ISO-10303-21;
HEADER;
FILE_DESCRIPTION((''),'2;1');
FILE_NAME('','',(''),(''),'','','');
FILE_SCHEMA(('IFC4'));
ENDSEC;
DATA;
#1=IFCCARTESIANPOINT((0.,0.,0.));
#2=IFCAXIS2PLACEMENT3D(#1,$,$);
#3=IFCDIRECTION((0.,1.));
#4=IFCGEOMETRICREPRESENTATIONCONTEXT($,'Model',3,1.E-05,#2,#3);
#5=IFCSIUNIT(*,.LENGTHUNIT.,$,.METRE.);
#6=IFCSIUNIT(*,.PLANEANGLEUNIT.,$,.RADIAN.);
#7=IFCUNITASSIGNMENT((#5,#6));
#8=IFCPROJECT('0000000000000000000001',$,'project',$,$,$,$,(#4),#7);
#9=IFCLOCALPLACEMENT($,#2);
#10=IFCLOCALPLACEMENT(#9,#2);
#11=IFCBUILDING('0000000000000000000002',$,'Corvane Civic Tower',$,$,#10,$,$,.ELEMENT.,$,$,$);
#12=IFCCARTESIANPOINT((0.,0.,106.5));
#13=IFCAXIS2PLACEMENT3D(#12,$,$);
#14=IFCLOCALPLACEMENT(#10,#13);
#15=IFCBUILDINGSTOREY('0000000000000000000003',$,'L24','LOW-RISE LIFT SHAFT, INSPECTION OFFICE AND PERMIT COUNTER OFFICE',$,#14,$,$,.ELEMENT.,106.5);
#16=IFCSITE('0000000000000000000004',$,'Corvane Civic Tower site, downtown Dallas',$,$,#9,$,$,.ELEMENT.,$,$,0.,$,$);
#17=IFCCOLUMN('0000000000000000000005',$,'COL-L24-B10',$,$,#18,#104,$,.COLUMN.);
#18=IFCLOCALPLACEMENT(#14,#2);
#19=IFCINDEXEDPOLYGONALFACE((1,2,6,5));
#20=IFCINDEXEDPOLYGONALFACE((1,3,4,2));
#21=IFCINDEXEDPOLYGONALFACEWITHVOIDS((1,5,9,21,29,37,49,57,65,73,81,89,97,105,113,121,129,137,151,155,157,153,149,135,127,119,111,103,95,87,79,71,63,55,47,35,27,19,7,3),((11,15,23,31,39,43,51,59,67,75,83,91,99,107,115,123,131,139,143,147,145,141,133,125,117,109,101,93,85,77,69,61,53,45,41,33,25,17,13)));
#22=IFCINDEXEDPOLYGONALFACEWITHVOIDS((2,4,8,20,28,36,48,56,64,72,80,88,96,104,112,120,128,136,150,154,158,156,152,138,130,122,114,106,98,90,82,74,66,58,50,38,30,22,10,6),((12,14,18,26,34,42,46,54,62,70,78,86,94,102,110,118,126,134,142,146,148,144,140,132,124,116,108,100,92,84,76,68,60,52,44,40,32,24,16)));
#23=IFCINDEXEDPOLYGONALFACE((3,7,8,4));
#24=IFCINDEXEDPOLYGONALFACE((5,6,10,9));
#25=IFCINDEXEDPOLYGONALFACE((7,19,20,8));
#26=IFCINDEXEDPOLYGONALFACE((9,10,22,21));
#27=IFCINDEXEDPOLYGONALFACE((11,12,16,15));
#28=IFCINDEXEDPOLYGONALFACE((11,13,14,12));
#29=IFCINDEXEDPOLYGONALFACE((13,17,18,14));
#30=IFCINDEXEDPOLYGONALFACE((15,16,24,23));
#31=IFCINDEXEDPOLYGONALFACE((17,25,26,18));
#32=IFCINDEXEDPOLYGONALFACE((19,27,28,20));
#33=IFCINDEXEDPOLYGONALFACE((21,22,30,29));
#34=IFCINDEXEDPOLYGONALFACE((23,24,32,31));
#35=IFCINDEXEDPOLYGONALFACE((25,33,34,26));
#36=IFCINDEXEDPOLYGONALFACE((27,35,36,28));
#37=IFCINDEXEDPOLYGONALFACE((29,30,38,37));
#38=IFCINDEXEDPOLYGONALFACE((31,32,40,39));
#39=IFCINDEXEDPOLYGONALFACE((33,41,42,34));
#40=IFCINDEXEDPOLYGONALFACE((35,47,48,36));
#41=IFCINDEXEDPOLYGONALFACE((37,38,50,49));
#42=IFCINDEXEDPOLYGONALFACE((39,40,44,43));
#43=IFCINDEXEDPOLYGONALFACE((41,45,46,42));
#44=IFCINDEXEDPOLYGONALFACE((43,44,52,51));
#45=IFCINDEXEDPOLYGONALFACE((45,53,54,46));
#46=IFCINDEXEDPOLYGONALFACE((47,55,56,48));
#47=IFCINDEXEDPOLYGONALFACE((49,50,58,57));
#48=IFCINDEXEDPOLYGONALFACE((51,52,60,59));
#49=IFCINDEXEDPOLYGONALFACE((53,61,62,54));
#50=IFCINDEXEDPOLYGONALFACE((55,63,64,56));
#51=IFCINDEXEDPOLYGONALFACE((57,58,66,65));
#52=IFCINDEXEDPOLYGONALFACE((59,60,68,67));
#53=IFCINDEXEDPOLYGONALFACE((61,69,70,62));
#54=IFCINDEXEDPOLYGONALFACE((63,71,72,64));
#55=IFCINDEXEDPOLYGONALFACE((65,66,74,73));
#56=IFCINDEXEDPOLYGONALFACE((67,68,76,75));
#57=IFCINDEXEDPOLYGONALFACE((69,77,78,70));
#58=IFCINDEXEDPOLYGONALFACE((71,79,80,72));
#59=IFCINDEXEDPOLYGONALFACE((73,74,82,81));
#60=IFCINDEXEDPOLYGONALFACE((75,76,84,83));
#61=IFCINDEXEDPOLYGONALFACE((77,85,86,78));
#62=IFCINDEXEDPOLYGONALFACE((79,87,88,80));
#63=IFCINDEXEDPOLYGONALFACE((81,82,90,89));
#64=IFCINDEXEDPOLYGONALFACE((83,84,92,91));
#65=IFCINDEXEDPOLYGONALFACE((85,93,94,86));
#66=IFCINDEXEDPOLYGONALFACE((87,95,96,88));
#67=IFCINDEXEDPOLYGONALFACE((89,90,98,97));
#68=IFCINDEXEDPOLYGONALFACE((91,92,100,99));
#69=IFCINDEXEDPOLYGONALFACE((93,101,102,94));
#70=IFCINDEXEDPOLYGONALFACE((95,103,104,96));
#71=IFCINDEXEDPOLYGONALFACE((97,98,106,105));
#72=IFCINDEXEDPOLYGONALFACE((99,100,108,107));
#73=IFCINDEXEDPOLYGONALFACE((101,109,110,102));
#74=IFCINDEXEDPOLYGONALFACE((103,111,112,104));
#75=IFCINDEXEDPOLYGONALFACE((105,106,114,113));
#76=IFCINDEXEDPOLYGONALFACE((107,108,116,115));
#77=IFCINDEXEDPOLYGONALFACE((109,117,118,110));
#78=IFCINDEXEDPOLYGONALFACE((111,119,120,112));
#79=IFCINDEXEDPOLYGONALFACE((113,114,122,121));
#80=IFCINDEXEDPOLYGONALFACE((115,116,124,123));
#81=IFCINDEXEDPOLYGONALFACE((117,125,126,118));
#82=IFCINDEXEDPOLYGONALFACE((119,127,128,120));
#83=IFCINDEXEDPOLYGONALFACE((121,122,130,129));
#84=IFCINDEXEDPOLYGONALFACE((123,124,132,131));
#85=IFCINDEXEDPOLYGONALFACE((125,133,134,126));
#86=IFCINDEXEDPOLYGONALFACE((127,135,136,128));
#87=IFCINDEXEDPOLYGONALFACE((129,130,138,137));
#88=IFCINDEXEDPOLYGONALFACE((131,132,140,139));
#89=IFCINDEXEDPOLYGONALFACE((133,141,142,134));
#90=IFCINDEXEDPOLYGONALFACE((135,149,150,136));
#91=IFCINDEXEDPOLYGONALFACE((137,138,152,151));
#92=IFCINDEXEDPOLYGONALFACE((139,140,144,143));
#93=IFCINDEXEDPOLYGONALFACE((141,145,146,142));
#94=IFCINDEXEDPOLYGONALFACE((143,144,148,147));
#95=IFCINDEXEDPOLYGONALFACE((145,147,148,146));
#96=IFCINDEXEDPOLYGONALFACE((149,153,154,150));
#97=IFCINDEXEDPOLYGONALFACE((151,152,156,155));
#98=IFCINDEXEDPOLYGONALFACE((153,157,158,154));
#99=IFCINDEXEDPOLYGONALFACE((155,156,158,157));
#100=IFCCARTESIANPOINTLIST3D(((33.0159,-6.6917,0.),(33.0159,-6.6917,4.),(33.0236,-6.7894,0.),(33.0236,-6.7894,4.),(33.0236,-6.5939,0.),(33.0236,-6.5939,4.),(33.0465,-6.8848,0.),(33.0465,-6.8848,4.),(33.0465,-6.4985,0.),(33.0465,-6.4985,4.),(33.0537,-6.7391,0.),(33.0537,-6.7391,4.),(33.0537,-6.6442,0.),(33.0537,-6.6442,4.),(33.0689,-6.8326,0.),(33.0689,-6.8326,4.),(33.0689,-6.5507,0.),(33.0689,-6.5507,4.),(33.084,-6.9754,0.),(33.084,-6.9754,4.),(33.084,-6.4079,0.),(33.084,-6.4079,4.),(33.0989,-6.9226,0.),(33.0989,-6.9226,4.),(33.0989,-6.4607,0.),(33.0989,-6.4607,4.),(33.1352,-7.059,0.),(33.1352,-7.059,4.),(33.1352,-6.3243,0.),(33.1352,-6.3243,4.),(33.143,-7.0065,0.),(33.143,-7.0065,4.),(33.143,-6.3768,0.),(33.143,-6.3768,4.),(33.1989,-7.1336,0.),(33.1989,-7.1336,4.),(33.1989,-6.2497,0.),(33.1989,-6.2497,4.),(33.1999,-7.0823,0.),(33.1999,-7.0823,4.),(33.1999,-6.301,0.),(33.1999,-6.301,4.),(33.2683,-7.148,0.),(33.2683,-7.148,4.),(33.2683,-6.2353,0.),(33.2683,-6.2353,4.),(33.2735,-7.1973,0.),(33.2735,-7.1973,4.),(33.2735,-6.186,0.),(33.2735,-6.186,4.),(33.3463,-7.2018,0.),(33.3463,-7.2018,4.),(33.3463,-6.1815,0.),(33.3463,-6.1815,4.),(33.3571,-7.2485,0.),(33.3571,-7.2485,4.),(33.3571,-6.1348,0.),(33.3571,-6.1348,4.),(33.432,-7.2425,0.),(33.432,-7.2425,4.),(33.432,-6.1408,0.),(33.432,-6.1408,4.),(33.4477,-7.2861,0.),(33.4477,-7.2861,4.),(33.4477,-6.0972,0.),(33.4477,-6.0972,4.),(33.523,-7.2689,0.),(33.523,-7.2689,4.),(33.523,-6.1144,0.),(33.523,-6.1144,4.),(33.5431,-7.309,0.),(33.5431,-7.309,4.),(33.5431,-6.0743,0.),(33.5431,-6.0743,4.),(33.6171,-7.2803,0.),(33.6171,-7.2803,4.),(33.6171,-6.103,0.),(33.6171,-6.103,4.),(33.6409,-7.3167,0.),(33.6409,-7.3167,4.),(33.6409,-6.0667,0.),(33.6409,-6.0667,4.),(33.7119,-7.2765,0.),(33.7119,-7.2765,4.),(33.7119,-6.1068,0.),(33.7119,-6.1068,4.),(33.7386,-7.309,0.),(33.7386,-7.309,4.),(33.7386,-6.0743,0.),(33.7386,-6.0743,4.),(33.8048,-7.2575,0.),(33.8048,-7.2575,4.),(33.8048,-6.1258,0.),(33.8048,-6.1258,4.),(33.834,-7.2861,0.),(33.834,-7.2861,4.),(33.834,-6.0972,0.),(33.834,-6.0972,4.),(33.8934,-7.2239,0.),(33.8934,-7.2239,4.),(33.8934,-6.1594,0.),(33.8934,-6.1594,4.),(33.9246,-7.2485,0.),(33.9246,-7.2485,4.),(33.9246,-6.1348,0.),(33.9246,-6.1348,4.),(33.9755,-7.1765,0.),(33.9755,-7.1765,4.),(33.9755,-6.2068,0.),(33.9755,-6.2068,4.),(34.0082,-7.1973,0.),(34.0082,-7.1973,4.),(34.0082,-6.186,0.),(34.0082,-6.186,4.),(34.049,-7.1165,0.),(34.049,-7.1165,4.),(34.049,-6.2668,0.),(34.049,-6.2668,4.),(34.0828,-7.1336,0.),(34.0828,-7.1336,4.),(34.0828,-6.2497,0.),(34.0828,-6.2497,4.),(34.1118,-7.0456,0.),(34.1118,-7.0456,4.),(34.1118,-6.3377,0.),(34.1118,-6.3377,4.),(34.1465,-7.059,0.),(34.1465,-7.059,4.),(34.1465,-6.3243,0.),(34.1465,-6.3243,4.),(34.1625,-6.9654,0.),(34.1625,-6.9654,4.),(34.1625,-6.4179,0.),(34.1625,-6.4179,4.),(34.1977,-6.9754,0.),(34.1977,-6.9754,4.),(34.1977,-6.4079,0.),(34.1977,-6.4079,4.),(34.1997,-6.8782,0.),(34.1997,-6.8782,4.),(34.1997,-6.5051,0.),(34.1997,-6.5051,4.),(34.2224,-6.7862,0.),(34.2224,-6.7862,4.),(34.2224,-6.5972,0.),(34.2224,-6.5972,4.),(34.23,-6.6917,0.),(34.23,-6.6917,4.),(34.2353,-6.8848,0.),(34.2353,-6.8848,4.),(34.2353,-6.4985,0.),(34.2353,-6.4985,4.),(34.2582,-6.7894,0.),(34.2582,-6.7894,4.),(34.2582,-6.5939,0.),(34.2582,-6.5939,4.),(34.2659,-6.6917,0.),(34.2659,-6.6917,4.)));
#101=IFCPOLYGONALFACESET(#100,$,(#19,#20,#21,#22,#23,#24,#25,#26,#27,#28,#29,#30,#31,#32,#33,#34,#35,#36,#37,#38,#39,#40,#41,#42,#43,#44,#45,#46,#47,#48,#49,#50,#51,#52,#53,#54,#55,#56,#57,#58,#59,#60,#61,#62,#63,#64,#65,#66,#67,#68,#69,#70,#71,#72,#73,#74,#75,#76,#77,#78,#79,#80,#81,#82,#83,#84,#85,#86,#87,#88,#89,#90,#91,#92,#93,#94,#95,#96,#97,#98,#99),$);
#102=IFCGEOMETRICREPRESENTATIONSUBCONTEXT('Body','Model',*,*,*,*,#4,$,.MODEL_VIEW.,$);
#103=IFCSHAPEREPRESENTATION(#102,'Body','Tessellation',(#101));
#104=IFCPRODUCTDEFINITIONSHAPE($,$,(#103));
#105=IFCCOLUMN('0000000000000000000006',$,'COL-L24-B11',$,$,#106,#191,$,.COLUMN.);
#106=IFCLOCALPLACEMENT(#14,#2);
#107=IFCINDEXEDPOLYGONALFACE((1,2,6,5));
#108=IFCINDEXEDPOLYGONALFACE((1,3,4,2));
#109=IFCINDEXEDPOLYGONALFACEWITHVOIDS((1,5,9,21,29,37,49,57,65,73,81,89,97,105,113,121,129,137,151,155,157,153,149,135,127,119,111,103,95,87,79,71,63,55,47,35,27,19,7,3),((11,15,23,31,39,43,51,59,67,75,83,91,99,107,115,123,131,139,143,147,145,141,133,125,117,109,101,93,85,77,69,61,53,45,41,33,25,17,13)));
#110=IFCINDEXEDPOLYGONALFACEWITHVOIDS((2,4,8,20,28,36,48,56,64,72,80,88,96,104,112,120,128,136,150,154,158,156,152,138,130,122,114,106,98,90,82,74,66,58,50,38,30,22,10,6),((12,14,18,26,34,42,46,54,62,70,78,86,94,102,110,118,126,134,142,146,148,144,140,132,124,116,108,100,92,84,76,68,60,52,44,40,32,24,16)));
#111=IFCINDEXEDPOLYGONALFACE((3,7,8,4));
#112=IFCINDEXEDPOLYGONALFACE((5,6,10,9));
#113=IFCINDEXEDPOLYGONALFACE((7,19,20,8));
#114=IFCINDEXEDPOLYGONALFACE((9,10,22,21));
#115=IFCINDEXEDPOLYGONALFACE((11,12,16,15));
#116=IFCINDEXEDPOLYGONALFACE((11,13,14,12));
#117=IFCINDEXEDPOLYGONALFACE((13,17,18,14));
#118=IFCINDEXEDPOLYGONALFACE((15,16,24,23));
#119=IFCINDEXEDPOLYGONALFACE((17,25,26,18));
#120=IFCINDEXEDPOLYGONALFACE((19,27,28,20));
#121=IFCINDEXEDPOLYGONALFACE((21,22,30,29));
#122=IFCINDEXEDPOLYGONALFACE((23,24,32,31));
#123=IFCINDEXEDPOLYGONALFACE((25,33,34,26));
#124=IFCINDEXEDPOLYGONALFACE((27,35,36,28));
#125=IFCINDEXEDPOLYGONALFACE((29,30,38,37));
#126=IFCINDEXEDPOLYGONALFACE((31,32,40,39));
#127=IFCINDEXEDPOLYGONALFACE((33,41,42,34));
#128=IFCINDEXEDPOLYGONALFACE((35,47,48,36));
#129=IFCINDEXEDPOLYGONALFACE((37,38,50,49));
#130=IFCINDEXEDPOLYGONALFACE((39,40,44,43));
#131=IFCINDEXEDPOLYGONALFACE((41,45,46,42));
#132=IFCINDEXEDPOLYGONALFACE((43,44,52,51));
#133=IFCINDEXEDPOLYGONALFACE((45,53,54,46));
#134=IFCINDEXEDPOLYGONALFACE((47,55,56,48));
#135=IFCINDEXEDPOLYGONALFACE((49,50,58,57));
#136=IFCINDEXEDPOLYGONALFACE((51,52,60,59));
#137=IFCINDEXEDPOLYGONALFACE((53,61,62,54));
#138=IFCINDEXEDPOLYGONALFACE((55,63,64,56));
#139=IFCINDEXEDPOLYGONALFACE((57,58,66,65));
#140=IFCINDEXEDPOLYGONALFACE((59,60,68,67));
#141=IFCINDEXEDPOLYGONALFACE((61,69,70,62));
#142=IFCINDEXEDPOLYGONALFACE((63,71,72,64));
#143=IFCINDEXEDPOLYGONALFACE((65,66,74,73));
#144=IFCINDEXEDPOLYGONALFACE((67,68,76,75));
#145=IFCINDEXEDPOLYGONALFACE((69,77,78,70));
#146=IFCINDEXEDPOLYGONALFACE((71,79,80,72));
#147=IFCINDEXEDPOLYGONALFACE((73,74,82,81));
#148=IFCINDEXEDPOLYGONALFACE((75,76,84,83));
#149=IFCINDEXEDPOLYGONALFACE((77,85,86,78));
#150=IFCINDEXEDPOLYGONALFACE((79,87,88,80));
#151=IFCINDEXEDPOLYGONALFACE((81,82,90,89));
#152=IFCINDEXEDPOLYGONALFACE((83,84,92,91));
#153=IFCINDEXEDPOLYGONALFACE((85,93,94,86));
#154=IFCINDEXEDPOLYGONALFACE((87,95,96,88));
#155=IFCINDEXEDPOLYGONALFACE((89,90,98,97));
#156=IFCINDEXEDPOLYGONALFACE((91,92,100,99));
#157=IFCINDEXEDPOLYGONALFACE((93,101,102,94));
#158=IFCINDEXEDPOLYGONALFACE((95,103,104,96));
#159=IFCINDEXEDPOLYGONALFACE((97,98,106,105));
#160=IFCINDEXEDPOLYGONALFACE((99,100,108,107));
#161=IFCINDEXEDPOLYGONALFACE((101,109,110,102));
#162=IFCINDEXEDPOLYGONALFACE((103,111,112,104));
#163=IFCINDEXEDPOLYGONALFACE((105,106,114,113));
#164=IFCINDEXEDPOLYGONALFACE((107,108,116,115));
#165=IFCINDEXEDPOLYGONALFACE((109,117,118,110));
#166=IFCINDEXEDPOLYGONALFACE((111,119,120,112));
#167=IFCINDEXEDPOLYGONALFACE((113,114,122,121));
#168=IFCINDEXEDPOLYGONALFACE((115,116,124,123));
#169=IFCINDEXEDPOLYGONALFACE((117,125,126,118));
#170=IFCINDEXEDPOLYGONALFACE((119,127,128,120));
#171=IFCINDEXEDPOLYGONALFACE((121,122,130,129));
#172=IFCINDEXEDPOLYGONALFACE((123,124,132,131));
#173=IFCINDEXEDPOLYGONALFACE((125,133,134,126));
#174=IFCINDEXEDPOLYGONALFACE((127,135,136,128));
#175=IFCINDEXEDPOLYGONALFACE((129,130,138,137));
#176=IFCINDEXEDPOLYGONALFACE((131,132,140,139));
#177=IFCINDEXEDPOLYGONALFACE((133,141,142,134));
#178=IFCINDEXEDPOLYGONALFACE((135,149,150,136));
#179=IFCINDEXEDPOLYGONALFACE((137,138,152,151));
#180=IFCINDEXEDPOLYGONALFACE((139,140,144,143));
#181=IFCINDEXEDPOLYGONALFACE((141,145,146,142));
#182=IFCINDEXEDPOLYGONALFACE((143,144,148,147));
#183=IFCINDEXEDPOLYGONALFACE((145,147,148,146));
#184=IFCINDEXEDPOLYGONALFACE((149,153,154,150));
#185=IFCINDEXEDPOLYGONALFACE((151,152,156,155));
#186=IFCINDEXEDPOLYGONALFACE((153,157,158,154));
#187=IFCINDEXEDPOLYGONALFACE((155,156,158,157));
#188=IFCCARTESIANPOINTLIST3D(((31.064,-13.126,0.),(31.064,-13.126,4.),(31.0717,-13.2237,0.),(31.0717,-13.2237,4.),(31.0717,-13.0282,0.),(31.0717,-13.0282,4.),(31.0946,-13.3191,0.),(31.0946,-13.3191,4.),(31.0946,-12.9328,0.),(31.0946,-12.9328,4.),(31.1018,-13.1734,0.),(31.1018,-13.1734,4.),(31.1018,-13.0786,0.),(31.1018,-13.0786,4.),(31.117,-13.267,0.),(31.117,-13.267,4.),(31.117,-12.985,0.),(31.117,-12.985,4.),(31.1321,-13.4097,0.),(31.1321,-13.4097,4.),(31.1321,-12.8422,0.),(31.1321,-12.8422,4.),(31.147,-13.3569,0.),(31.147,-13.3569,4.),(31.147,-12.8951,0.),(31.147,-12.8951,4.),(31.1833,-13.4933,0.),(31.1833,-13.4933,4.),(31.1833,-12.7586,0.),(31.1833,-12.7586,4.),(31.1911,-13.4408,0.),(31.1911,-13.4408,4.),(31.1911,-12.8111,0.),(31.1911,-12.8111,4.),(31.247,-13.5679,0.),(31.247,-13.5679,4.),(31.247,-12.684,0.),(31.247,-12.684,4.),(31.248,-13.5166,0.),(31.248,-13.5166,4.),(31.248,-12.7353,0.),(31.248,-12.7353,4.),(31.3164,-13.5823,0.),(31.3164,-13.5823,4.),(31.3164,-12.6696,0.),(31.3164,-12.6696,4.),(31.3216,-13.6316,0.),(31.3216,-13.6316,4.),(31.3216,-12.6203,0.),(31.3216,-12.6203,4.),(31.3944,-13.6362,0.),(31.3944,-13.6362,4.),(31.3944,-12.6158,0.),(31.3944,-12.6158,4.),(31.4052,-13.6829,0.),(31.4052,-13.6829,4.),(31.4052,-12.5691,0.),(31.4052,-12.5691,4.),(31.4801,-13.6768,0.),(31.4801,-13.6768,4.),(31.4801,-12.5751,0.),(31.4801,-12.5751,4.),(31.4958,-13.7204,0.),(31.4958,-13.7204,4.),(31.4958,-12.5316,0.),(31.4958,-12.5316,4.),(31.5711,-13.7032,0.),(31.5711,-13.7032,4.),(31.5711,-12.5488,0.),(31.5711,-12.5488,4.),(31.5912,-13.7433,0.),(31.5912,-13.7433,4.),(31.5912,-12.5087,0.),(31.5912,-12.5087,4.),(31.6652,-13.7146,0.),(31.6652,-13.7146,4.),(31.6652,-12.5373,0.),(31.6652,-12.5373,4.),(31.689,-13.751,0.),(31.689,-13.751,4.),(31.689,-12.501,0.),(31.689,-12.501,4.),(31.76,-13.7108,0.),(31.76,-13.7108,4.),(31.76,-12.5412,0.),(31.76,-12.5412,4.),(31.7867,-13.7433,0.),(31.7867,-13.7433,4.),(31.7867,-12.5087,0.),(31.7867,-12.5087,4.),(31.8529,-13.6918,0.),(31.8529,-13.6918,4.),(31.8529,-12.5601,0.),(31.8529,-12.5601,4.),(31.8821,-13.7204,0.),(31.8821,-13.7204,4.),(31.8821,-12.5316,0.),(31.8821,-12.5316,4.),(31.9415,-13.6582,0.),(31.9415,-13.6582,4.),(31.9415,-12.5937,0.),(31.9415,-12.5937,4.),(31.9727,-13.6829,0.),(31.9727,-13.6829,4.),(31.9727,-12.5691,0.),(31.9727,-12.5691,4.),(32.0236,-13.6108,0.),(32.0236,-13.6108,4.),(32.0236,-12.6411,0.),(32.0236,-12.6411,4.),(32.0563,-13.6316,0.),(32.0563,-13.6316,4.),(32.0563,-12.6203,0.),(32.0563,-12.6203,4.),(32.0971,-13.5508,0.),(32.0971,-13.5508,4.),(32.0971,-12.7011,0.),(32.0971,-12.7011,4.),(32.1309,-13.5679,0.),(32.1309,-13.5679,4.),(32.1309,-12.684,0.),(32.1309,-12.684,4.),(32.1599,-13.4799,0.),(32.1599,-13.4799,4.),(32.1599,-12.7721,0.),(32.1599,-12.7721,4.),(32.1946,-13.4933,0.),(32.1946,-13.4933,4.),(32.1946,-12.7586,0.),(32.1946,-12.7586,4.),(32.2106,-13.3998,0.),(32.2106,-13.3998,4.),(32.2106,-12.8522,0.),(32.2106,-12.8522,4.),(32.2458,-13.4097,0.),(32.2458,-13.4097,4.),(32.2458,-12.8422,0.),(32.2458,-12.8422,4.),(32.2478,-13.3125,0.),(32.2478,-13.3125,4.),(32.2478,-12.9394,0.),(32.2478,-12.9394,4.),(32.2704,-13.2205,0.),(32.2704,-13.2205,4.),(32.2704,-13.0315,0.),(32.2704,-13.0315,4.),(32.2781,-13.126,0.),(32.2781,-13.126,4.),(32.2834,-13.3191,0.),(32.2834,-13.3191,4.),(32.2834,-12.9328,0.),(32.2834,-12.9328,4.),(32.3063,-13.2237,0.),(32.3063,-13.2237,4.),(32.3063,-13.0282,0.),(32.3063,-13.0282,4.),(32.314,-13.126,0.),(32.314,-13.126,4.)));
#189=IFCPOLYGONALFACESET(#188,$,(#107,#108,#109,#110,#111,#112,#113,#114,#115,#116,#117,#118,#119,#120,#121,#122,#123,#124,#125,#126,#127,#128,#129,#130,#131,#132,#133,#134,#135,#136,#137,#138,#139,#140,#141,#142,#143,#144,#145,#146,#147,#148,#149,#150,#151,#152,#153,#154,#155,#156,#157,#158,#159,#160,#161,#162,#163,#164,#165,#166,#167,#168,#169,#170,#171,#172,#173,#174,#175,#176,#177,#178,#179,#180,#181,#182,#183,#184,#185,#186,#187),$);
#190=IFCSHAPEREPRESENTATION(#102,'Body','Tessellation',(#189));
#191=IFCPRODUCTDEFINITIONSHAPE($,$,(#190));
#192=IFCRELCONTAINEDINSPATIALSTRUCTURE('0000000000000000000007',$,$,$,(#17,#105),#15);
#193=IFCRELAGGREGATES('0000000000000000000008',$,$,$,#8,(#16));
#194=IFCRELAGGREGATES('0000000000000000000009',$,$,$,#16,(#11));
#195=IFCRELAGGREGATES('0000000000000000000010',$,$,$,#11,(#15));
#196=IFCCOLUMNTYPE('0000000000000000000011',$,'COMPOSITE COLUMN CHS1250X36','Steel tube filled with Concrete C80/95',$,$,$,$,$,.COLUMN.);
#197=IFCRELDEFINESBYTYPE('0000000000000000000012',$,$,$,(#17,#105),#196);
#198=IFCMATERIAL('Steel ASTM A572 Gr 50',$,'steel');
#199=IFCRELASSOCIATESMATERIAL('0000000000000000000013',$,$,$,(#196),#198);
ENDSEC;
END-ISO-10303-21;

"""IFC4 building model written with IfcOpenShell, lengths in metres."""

from ifc_helpers import new_model, si_unit, direction, frame, origin, origin_2d, place, context, subcontext, project, spatial, hollow_circle, extrude, material, material_profile, profile_set, type_object, element, save


model = new_model("IFC4")

# Units and contexts
model_context = context("Model", 3, precision=1e-05, world=origin(), true_north=direction((0.0, 1.0)))
body_context = subcontext(model_context, "Body", "Model", "MODEL_VIEW")
ifc_project = project(units=[si_unit("LENGTHUNIT", "METRE"), si_unit("PLANEANGLEUNIT", "RADIAN")], contexts=[model_context])

# Site, building, storey
site_placement = place(None, origin())
site = spatial("IfcSite", under=ifc_project, at=site_placement, Name="Corvane Civic Tower site, downtown Dallas", CompositionType="ELEMENT", RefElevation=0.0)
building_placement = place(site_placement, origin())
building = spatial("IfcBuilding", under=site, at=building_placement, Name="Corvane Civic Tower", CompositionType="ELEMENT")
storey_placement = place(building_placement, frame((0.0, 0.0, 106.5)))
storey = spatial("IfcBuildingStorey", under=building, at=storey_placement, Name="L24", Description="LOW-RISE LIFT SHAFT, INSPECTION OFFICE AND PERMIT COUNTER OFFICE", CompositionType="ELEMENT", Elevation=106.5)

# Columns
ifc_material_1 = material(Name="Steel ASTM A572 Gr 50", Category="steel")
ifc_material_profile_1 = material_profile(ifc_material_1, hollow_circle(Radius=0.625, WallThickness=0.0359, at=origin_2d()), Name="CHS1250X36")
ifc_profile_set_1 = profile_set([ifc_material_profile_1], Name="Steel ASTM A572 Gr 50")
column_type = type_object("IfcColumnType", Name="COMPOSITE COLUMN CHS1250X36", Description="Steel tube filled with Concrete C80/95", PredefinedType="COLUMN", material=ifc_profile_set_1)
for number, where, z_axis, x_axis, name in (
    (1, (33.6409, -6.6917, 0.0), (0.0, 0.0, 1.0), (1.0, 0.0, 0.0), "COL-L24-B10"),
    (2, (31.689, -13.126, 0.0), (0.0, 0.0, 1.0), (1.0, 0.0, 0.0), "COL-L24-B11"),
):
    element("IfcColumn", number, at=place(storey_placement, frame(where, z_axis=z_axis, x_axis=x_axis)), inside=storey, type_object=column_type, Name=name, PredefinedType="COLUMN", context=body_context, shape_type="SweptSolid", body=[
        extrude(hollow_circle(Radius=0.625, WallThickness=0.0359, at=origin_2d()), origin(), (0.0, 0.0, 1.0), 4.0),
    ])

save(model, "model.ifc")
